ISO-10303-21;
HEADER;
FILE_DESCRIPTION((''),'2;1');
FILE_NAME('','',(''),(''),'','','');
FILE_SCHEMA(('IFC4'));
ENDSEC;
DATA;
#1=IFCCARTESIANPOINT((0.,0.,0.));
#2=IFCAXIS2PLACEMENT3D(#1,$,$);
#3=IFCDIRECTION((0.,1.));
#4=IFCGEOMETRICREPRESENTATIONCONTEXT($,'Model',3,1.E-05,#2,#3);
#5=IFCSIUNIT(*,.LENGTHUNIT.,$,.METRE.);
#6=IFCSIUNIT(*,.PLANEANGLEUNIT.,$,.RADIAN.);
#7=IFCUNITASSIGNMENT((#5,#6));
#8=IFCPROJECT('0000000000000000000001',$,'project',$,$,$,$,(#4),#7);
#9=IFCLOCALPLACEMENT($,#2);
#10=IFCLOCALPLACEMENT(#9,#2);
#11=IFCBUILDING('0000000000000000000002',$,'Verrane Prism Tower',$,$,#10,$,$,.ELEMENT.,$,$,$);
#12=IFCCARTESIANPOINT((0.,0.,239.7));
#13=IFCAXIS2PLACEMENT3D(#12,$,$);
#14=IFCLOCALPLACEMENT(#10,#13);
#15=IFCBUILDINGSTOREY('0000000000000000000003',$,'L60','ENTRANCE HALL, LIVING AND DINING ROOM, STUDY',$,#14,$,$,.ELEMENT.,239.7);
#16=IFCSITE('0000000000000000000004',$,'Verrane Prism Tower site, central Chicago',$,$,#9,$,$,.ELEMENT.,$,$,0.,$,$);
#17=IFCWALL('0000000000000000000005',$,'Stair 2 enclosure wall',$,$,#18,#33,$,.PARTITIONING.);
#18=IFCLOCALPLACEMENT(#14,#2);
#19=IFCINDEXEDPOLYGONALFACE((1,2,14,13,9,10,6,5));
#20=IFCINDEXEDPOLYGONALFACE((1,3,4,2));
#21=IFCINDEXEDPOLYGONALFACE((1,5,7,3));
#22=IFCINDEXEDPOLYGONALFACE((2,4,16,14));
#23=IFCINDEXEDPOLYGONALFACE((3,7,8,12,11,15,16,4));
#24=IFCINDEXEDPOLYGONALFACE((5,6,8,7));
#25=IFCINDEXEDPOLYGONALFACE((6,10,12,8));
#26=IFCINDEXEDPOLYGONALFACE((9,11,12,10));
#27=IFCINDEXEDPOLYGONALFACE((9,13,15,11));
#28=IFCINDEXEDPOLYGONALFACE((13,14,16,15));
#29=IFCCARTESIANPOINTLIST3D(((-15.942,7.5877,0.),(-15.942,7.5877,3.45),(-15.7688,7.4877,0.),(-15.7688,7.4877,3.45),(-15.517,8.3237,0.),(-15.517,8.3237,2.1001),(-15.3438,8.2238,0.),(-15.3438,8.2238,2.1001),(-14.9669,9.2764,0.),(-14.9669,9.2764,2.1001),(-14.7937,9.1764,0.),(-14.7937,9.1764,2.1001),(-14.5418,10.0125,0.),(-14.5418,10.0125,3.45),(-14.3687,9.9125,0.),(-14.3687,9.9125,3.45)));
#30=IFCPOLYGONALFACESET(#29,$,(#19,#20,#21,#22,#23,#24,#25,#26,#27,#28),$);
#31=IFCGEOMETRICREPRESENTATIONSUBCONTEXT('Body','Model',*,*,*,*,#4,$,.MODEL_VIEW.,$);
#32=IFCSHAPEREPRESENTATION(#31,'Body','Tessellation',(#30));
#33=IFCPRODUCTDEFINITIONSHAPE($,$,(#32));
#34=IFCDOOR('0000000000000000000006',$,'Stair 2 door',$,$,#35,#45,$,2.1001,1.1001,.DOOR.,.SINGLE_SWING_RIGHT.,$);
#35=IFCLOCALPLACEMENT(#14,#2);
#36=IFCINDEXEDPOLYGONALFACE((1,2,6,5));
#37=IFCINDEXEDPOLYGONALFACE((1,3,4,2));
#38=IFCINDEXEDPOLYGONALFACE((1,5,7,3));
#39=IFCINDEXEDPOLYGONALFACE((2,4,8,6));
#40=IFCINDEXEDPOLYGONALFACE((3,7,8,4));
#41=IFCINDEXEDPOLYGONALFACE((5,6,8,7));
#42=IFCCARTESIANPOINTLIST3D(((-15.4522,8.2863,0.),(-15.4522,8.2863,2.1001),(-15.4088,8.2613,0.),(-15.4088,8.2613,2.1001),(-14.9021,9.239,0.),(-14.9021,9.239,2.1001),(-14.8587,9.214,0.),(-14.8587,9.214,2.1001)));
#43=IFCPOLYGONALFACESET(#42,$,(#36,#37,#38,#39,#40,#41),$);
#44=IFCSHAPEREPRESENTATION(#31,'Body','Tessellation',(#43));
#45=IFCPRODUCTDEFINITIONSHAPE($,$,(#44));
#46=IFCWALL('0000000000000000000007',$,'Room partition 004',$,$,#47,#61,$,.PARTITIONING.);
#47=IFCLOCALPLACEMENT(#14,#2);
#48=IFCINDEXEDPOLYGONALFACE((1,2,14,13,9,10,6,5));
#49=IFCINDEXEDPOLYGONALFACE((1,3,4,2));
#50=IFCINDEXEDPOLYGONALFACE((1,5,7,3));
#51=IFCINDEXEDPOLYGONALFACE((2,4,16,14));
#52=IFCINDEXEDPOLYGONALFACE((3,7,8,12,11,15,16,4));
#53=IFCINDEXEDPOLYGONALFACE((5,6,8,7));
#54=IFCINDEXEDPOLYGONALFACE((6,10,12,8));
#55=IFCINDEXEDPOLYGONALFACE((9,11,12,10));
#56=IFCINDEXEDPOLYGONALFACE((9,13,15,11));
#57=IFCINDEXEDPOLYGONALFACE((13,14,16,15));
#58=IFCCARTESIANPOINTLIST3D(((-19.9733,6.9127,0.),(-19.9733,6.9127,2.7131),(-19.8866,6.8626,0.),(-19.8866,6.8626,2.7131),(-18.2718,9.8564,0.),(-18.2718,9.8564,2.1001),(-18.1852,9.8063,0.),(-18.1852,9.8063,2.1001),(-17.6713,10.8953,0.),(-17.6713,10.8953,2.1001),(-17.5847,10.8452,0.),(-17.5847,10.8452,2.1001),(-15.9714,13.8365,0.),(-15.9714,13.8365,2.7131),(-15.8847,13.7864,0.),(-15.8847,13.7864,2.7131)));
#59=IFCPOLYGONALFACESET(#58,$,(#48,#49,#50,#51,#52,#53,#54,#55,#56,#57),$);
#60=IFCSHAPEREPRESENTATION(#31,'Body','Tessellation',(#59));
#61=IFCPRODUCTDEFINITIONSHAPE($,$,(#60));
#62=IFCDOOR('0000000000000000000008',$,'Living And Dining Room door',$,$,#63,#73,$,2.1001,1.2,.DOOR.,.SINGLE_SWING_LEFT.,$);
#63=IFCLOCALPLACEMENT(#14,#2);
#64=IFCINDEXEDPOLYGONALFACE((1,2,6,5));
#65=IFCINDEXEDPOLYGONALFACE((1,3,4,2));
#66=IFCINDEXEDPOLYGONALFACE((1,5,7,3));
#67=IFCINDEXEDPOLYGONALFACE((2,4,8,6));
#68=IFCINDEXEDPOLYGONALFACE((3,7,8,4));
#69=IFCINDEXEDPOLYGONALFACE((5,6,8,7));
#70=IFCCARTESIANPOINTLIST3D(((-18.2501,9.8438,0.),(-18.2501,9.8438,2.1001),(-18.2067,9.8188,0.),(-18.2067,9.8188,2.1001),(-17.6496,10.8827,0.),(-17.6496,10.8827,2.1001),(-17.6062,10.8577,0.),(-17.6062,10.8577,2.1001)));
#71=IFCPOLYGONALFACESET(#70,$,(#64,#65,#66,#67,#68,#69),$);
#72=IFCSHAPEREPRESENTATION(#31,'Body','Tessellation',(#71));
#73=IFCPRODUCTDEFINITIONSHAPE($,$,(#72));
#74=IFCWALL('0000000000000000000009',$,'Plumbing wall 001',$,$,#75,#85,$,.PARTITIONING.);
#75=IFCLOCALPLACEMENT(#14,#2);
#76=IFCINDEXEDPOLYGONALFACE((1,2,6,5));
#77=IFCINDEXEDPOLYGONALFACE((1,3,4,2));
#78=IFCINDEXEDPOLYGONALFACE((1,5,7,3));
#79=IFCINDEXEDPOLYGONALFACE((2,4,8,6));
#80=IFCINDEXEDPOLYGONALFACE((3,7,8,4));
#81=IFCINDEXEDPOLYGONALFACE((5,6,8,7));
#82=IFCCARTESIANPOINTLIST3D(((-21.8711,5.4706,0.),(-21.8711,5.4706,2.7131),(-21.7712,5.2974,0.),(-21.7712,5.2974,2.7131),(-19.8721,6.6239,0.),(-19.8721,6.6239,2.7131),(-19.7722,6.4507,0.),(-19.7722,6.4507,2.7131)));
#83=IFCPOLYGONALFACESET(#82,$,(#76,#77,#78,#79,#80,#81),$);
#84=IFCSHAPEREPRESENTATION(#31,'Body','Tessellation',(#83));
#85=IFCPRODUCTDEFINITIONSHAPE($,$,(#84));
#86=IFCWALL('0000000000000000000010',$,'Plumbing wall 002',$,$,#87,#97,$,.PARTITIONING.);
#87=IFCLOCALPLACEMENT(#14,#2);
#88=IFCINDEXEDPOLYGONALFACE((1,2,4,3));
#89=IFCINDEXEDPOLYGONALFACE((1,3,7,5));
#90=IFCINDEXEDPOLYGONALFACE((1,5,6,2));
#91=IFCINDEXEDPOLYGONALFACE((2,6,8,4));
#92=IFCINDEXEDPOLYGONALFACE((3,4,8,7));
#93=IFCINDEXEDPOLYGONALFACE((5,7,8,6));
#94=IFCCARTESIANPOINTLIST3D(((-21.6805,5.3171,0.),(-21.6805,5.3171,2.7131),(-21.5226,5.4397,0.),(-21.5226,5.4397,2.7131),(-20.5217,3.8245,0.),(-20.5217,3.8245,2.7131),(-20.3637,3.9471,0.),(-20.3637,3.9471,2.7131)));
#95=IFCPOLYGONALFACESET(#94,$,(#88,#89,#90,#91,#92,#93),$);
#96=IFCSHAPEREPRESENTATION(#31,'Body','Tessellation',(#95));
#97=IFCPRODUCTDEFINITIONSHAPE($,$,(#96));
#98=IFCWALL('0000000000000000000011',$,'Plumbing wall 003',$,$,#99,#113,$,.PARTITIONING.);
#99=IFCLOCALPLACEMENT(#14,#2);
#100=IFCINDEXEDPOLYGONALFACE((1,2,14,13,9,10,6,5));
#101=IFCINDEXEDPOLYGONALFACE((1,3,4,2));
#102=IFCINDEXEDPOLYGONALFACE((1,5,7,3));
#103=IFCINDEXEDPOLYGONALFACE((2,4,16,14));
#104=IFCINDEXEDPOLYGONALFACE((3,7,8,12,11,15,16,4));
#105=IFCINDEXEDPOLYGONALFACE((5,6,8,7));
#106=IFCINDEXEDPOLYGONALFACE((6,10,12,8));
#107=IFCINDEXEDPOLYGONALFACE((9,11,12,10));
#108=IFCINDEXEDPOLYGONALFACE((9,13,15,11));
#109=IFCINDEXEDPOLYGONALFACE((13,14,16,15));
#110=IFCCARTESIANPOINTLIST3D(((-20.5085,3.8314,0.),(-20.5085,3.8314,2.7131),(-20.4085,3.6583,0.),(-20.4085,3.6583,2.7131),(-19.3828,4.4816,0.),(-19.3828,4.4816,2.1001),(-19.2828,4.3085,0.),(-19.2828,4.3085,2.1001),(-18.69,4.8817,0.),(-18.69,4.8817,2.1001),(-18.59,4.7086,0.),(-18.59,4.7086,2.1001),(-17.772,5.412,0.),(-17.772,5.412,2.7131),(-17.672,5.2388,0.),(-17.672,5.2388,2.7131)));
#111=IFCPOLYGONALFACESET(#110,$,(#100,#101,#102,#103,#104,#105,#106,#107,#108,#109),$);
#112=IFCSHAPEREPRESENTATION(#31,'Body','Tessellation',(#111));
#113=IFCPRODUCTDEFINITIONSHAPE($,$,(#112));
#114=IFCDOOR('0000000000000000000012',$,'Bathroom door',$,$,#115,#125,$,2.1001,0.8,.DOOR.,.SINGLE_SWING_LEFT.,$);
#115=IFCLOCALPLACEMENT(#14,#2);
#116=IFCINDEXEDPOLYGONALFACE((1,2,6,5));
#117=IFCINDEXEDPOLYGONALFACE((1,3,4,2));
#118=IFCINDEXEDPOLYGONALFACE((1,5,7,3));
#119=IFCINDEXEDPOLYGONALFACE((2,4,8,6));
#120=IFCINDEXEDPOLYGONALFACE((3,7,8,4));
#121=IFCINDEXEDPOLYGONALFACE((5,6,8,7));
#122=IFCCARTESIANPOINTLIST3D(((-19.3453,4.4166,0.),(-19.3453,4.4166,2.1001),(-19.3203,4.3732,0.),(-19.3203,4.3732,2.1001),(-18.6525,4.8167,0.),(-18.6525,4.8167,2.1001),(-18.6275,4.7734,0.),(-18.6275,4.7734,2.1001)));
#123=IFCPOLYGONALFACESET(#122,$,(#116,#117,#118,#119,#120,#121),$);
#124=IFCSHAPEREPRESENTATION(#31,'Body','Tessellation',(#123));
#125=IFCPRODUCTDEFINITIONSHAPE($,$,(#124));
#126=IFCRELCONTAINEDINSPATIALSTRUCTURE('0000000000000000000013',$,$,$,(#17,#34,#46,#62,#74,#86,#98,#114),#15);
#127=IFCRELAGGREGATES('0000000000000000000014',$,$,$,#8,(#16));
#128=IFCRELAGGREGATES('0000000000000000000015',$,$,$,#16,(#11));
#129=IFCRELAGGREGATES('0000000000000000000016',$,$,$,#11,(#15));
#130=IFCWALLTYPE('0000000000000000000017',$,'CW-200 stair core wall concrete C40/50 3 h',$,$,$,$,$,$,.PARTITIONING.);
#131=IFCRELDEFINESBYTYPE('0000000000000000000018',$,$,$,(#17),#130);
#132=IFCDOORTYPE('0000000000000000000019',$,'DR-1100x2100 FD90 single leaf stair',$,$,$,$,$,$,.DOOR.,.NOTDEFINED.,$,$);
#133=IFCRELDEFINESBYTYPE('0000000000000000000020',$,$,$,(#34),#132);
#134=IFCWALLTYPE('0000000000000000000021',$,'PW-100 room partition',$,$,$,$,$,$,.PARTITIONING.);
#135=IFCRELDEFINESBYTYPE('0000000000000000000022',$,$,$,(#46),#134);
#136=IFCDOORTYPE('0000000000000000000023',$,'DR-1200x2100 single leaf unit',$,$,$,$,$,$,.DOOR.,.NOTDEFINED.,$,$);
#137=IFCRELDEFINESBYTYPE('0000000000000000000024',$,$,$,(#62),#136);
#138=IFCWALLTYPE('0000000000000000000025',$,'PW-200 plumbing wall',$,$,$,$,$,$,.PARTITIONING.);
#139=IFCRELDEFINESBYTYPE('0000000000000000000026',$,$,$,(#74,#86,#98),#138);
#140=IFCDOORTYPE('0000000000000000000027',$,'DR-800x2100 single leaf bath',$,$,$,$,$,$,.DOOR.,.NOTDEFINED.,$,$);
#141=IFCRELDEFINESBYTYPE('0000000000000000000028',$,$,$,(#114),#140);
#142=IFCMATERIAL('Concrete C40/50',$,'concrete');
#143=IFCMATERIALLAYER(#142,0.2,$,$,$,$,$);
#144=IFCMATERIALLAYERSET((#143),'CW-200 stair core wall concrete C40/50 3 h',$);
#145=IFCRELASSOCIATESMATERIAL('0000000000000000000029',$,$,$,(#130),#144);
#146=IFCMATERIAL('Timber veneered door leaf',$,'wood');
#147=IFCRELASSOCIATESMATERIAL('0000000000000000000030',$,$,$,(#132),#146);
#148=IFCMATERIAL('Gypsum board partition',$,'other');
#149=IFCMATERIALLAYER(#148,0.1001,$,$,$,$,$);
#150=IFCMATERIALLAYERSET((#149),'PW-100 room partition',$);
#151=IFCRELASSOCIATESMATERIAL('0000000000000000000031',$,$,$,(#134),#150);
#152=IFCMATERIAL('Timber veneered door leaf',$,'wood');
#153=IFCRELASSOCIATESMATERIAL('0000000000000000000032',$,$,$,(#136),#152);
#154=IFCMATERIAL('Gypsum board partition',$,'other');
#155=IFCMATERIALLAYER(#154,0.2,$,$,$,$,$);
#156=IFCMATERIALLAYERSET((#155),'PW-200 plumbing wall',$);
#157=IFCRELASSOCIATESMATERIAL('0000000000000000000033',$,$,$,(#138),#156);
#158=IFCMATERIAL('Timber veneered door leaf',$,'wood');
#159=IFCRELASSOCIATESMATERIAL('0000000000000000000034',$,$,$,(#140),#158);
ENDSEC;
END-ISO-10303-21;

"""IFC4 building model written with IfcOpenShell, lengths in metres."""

from ifc_helpers import new_model, si_unit, direction, frame, frame_2d, origin, place, context, subcontext, project, spatial, rectangle, extrude, material, layer, layer_set, type_object, element, fill, save


model = new_model("IFC4")

# Units and contexts
model_context = context("Model", 3, precision=1e-05, world=origin(), true_north=direction((0.0, 1.0)))
body_context = subcontext(model_context, "Body", "Model", "MODEL_VIEW")
ifc_project = project(units=[si_unit("LENGTHUNIT", "METRE"), si_unit("PLANEANGLEUNIT", "RADIAN")], contexts=[model_context])

# Site, building, storey
site_placement = place(None, origin())
site = spatial("IfcSite", under=ifc_project, at=site_placement, Name="Verrane Prism Tower site, central Chicago", CompositionType="ELEMENT", RefElevation=0.0)
building_placement = place(site_placement, origin())
building = spatial("IfcBuilding", under=site, at=building_placement, Name="Verrane Prism Tower", CompositionType="ELEMENT")
storey_placement = place(building_placement, frame((0.0, 0.0, 239.7)))
storey = spatial("IfcBuildingStorey", under=building, at=storey_placement, Name="L60", Description="ENTRANCE HALL, LIVING AND DINING ROOM, STUDY", CompositionType="ELEMENT", Elevation=239.7)

# Walls, openings, doors
ifc_material_1 = material(Name="Concrete C40/50", Category="concrete")
ifc_layer_1 = layer(ifc_material_1, 0.2)
ifc_layer_set_1 = layer_set([ifc_layer_1], Name="CW-200 stair core wall concrete C40/50 3 h")
wall_type_1 = type_object("IfcWallType", Name="CW-200 stair core wall concrete C40/50 3 h", PredefinedType="PARTITIONING", material=ifc_layer_set_1)
wall_1_placement = place(storey_placement, frame((-14.4553, 9.9624, 0.0), z_axis=(0.0, 0.0, 1.0), x_axis=(-0.50005, -0.865997, 0.0)))
wall_1 = element("IfcWall", 1, at=wall_1_placement, inside=storey, type_object=wall_type_1, Name="Stair 2 enclosure wall", PredefinedType="PARTITIONING", context=body_context, shape_type="SweptSolid", body=[
    extrude(rectangle(XDim=2.8, YDim=0.2, at=frame_2d((1.3999, 0.0))), origin(), (0.0, 0.0, 1.0), 3.45),
])
opening_1_placement = place(wall_1_placement, frame((0.8499, 0.0, 0.0)))
opening_1 = element("IfcOpeningElement", 2, at=opening_1_placement, cuts=wall_1, PredefinedType="OPENING", context=body_context, shape_type="SweptSolid", body=[
    extrude(rectangle(XDim=1.1001, YDim=2.1001, at=frame_2d((0.55, 1.05))), frame((0.0, 0.1099, 0.0), z_axis=(0.0, -1.0, 0.0), x_axis=(1.0, 0.0, 0.0)), (0.0, 0.0, 1.0), 0.22),
])
ifc_material_2 = material(Name="Timber veneered door leaf", Category="wood")
door_type_1 = type_object("IfcDoorType", Name="DR-1100x2100 FD90 single leaf stair", OperationType="NOTDEFINED", PredefinedType="DOOR", material=ifc_material_2)
door_1_placement = place(opening_1_placement, origin())
door_1 = element("IfcDoor", 3, at=door_1_placement, inside=storey, type_object=door_type_1, Name="Stair 2 door", OperationType="SINGLE_SWING_RIGHT", OverallHeight=2.1001, OverallWidth=1.1001, PredefinedType="DOOR", context=body_context, shape_type="SweptSolid", body=[
    extrude(rectangle(XDim=1.1001, YDim=2.1001, at=frame_2d((0.55, 1.05))), frame((0.0, 0.0249, 0.0), z_axis=(0.0, -1.0, 0.0), x_axis=(1.0, 0.0, 0.0)), (0.0, 0.0, 1.0), 0.05),
])
fill(opening_1, door_1)
ifc_material_3 = material(Name="Gypsum board partition", Category="other")
ifc_layer_2 = layer(ifc_material_3, 0.1001)
ifc_layer_set_2 = layer_set([ifc_layer_2], Name="PW-100 room partition")
wall_type_2 = type_object("IfcWallType", Name="PW-100 room partition", PredefinedType="PARTITIONING", material=ifc_layer_set_2)
wall_2_placement = place(storey_placement, frame((-19.9299, 6.8877, 0.0), z_axis=(0.0, 0.0, 1.0), x_axis=(0.50042, 0.865783, 0.0)))
wall_2 = element("IfcWall", 4, at=wall_2_placement, inside=storey, type_object=wall_type_2, Name="Room partition 004", PredefinedType="PARTITIONING", context=body_context, shape_type="SweptSolid", body=[
    extrude(rectangle(XDim=7.9971, YDim=0.1001, at=frame_2d((3.9985, 0.0))), origin(), (0.0, 0.0, 1.0), 2.7131),
])
opening_2_placement = place(wall_2_placement, frame((3.3999, 0.0, 0.0)))
opening_2 = element("IfcOpeningElement", 5, at=opening_2_placement, cuts=wall_2, PredefinedType="OPENING", context=body_context, shape_type="SweptSolid", body=[
    extrude(rectangle(XDim=1.2, YDim=2.1001, at=frame_2d((0.6001, 1.05))), frame((0.0, 0.0601, 0.0), z_axis=(0.0, -1.0, 0.0), x_axis=(1.0, 0.0, 0.0)), (0.0, 0.0, 1.0), 0.1201),
])
ifc_material_4 = material(Name="Timber veneered door leaf", Category="wood")
door_type_2 = type_object("IfcDoorType", Name="DR-1200x2100 single leaf unit", OperationType="NOTDEFINED", PredefinedType="DOOR", material=ifc_material_4)
door_2_placement = place(opening_2_placement, origin())
door_2 = element("IfcDoor", 6, at=door_2_placement, inside=storey, type_object=door_type_2, Name="Living And Dining Room door", OperationType="SINGLE_SWING_LEFT", OverallHeight=2.1001, OverallWidth=1.2, PredefinedType="DOOR", context=body_context, shape_type="SweptSolid", body=[
    extrude(rectangle(XDim=1.2, YDim=2.1001, at=frame_2d((0.6001, 1.05))), frame((0.0, 0.0249, 0.0), z_axis=(0.0, -1.0, 0.0), x_axis=(1.0, 0.0, 0.0)), (0.0, 0.0, 1.0), 0.05),
])
fill(opening_2, door_2)

# Walls
ifc_material_5 = material(Name="Gypsum board partition", Category="other")
ifc_layer_3 = layer(ifc_material_5, 0.2)
ifc_layer_set_3 = layer_set([ifc_layer_3], Name="PW-200 plumbing wall")
wall_type_3 = type_object("IfcWallType", Name="PW-200 plumbing wall", PredefinedType="PARTITIONING", material=ifc_layer_set_3)
wall_3_placement = place(storey_placement, frame((-21.821, 5.384, 0.0), z_axis=(0.0, 0.0, 1.0), x_axis=(0.866179, 0.499735, 0.0)))
element("IfcWall", 7, at=wall_3_placement, inside=storey, type_object=wall_type_3, Name="Plumbing wall 001", PredefinedType="PARTITIONING", context=body_context, shape_type="SweptSolid", body=[
    extrude(rectangle(XDim=2.3079, YDim=0.2, at=frame_2d((1.1538, 0.0))), origin(), (0.0, 0.0, 1.0), 2.7131),
])
wall_4_placement = place(storey_placement, frame((-21.6016, 5.3784, 0.0), z_axis=(0.0, 0.0, 1.0), x_axis=(0.61327, -0.789874, 0.0)))
element("IfcWall", 8, at=wall_4_placement, inside=storey, type_object=wall_type_3, Name="Plumbing wall 002", PredefinedType="PARTITIONING", context=body_context, shape_type="SweptSolid", body=[
    extrude(rectangle(XDim=1.8896, YDim=0.2, at=frame_2d((0.9448, 0.0))), origin(), (0.0, 0.0, 1.0), 2.7131),
])

# Wall, opening, door
wall_5_placement = place(storey_placement, frame((-20.4585, 3.7449, 0.0), z_axis=(0.0, 0.0, 1.0), x_axis=(0.865942, 0.500144, 0.0)))
wall_5 = element("IfcWall", 9, at=wall_5_placement, inside=storey, type_object=wall_type_3, Name="Plumbing wall 003", PredefinedType="PARTITIONING", context=body_context, shape_type="SweptSolid", body=[
    extrude(rectangle(XDim=3.1602, YDim=0.2, at=frame_2d((1.5801, 0.0))), origin(), (0.0, 0.0, 1.0), 2.7131),
])
opening_3_placement = place(wall_5_placement, frame((1.3, 0.0, 0.0)))
opening_3 = element("IfcOpeningElement", 10, at=opening_3_placement, cuts=wall_5, PredefinedType="OPENING", context=body_context, shape_type="SweptSolid", body=[
    extrude(rectangle(XDim=0.8, YDim=2.1001, at=frame_2d((0.3999, 1.05))), frame((0.0, 0.1099, 0.0), z_axis=(0.0, -1.0, 0.0), x_axis=(1.0, 0.0, 0.0)), (0.0, 0.0, 1.0), 0.22),
])
ifc_material_6 = material(Name="Timber veneered door leaf", Category="wood")
door_type_3 = type_object("IfcDoorType", Name="DR-800x2100 single leaf bath", OperationType="NOTDEFINED", PredefinedType="DOOR", material=ifc_material_6)
door_3_placement = place(opening_3_placement, origin())
door_3 = element("IfcDoor", 11, at=door_3_placement, inside=storey, type_object=door_type_3, Name="Bathroom door", OperationType="SINGLE_SWING_LEFT", OverallHeight=2.1001, OverallWidth=0.8, PredefinedType="DOOR", context=body_context, shape_type="SweptSolid", body=[
    extrude(rectangle(XDim=0.8, YDim=2.1001, at=frame_2d((0.3999, 1.05))), frame((0.0, 0.0249, 0.0), z_axis=(0.0, -1.0, 0.0), x_axis=(1.0, 0.0, 0.0)), (0.0, 0.0, 1.0), 0.05),
])
fill(opening_3, door_3)

save(model, "model.ifc")
